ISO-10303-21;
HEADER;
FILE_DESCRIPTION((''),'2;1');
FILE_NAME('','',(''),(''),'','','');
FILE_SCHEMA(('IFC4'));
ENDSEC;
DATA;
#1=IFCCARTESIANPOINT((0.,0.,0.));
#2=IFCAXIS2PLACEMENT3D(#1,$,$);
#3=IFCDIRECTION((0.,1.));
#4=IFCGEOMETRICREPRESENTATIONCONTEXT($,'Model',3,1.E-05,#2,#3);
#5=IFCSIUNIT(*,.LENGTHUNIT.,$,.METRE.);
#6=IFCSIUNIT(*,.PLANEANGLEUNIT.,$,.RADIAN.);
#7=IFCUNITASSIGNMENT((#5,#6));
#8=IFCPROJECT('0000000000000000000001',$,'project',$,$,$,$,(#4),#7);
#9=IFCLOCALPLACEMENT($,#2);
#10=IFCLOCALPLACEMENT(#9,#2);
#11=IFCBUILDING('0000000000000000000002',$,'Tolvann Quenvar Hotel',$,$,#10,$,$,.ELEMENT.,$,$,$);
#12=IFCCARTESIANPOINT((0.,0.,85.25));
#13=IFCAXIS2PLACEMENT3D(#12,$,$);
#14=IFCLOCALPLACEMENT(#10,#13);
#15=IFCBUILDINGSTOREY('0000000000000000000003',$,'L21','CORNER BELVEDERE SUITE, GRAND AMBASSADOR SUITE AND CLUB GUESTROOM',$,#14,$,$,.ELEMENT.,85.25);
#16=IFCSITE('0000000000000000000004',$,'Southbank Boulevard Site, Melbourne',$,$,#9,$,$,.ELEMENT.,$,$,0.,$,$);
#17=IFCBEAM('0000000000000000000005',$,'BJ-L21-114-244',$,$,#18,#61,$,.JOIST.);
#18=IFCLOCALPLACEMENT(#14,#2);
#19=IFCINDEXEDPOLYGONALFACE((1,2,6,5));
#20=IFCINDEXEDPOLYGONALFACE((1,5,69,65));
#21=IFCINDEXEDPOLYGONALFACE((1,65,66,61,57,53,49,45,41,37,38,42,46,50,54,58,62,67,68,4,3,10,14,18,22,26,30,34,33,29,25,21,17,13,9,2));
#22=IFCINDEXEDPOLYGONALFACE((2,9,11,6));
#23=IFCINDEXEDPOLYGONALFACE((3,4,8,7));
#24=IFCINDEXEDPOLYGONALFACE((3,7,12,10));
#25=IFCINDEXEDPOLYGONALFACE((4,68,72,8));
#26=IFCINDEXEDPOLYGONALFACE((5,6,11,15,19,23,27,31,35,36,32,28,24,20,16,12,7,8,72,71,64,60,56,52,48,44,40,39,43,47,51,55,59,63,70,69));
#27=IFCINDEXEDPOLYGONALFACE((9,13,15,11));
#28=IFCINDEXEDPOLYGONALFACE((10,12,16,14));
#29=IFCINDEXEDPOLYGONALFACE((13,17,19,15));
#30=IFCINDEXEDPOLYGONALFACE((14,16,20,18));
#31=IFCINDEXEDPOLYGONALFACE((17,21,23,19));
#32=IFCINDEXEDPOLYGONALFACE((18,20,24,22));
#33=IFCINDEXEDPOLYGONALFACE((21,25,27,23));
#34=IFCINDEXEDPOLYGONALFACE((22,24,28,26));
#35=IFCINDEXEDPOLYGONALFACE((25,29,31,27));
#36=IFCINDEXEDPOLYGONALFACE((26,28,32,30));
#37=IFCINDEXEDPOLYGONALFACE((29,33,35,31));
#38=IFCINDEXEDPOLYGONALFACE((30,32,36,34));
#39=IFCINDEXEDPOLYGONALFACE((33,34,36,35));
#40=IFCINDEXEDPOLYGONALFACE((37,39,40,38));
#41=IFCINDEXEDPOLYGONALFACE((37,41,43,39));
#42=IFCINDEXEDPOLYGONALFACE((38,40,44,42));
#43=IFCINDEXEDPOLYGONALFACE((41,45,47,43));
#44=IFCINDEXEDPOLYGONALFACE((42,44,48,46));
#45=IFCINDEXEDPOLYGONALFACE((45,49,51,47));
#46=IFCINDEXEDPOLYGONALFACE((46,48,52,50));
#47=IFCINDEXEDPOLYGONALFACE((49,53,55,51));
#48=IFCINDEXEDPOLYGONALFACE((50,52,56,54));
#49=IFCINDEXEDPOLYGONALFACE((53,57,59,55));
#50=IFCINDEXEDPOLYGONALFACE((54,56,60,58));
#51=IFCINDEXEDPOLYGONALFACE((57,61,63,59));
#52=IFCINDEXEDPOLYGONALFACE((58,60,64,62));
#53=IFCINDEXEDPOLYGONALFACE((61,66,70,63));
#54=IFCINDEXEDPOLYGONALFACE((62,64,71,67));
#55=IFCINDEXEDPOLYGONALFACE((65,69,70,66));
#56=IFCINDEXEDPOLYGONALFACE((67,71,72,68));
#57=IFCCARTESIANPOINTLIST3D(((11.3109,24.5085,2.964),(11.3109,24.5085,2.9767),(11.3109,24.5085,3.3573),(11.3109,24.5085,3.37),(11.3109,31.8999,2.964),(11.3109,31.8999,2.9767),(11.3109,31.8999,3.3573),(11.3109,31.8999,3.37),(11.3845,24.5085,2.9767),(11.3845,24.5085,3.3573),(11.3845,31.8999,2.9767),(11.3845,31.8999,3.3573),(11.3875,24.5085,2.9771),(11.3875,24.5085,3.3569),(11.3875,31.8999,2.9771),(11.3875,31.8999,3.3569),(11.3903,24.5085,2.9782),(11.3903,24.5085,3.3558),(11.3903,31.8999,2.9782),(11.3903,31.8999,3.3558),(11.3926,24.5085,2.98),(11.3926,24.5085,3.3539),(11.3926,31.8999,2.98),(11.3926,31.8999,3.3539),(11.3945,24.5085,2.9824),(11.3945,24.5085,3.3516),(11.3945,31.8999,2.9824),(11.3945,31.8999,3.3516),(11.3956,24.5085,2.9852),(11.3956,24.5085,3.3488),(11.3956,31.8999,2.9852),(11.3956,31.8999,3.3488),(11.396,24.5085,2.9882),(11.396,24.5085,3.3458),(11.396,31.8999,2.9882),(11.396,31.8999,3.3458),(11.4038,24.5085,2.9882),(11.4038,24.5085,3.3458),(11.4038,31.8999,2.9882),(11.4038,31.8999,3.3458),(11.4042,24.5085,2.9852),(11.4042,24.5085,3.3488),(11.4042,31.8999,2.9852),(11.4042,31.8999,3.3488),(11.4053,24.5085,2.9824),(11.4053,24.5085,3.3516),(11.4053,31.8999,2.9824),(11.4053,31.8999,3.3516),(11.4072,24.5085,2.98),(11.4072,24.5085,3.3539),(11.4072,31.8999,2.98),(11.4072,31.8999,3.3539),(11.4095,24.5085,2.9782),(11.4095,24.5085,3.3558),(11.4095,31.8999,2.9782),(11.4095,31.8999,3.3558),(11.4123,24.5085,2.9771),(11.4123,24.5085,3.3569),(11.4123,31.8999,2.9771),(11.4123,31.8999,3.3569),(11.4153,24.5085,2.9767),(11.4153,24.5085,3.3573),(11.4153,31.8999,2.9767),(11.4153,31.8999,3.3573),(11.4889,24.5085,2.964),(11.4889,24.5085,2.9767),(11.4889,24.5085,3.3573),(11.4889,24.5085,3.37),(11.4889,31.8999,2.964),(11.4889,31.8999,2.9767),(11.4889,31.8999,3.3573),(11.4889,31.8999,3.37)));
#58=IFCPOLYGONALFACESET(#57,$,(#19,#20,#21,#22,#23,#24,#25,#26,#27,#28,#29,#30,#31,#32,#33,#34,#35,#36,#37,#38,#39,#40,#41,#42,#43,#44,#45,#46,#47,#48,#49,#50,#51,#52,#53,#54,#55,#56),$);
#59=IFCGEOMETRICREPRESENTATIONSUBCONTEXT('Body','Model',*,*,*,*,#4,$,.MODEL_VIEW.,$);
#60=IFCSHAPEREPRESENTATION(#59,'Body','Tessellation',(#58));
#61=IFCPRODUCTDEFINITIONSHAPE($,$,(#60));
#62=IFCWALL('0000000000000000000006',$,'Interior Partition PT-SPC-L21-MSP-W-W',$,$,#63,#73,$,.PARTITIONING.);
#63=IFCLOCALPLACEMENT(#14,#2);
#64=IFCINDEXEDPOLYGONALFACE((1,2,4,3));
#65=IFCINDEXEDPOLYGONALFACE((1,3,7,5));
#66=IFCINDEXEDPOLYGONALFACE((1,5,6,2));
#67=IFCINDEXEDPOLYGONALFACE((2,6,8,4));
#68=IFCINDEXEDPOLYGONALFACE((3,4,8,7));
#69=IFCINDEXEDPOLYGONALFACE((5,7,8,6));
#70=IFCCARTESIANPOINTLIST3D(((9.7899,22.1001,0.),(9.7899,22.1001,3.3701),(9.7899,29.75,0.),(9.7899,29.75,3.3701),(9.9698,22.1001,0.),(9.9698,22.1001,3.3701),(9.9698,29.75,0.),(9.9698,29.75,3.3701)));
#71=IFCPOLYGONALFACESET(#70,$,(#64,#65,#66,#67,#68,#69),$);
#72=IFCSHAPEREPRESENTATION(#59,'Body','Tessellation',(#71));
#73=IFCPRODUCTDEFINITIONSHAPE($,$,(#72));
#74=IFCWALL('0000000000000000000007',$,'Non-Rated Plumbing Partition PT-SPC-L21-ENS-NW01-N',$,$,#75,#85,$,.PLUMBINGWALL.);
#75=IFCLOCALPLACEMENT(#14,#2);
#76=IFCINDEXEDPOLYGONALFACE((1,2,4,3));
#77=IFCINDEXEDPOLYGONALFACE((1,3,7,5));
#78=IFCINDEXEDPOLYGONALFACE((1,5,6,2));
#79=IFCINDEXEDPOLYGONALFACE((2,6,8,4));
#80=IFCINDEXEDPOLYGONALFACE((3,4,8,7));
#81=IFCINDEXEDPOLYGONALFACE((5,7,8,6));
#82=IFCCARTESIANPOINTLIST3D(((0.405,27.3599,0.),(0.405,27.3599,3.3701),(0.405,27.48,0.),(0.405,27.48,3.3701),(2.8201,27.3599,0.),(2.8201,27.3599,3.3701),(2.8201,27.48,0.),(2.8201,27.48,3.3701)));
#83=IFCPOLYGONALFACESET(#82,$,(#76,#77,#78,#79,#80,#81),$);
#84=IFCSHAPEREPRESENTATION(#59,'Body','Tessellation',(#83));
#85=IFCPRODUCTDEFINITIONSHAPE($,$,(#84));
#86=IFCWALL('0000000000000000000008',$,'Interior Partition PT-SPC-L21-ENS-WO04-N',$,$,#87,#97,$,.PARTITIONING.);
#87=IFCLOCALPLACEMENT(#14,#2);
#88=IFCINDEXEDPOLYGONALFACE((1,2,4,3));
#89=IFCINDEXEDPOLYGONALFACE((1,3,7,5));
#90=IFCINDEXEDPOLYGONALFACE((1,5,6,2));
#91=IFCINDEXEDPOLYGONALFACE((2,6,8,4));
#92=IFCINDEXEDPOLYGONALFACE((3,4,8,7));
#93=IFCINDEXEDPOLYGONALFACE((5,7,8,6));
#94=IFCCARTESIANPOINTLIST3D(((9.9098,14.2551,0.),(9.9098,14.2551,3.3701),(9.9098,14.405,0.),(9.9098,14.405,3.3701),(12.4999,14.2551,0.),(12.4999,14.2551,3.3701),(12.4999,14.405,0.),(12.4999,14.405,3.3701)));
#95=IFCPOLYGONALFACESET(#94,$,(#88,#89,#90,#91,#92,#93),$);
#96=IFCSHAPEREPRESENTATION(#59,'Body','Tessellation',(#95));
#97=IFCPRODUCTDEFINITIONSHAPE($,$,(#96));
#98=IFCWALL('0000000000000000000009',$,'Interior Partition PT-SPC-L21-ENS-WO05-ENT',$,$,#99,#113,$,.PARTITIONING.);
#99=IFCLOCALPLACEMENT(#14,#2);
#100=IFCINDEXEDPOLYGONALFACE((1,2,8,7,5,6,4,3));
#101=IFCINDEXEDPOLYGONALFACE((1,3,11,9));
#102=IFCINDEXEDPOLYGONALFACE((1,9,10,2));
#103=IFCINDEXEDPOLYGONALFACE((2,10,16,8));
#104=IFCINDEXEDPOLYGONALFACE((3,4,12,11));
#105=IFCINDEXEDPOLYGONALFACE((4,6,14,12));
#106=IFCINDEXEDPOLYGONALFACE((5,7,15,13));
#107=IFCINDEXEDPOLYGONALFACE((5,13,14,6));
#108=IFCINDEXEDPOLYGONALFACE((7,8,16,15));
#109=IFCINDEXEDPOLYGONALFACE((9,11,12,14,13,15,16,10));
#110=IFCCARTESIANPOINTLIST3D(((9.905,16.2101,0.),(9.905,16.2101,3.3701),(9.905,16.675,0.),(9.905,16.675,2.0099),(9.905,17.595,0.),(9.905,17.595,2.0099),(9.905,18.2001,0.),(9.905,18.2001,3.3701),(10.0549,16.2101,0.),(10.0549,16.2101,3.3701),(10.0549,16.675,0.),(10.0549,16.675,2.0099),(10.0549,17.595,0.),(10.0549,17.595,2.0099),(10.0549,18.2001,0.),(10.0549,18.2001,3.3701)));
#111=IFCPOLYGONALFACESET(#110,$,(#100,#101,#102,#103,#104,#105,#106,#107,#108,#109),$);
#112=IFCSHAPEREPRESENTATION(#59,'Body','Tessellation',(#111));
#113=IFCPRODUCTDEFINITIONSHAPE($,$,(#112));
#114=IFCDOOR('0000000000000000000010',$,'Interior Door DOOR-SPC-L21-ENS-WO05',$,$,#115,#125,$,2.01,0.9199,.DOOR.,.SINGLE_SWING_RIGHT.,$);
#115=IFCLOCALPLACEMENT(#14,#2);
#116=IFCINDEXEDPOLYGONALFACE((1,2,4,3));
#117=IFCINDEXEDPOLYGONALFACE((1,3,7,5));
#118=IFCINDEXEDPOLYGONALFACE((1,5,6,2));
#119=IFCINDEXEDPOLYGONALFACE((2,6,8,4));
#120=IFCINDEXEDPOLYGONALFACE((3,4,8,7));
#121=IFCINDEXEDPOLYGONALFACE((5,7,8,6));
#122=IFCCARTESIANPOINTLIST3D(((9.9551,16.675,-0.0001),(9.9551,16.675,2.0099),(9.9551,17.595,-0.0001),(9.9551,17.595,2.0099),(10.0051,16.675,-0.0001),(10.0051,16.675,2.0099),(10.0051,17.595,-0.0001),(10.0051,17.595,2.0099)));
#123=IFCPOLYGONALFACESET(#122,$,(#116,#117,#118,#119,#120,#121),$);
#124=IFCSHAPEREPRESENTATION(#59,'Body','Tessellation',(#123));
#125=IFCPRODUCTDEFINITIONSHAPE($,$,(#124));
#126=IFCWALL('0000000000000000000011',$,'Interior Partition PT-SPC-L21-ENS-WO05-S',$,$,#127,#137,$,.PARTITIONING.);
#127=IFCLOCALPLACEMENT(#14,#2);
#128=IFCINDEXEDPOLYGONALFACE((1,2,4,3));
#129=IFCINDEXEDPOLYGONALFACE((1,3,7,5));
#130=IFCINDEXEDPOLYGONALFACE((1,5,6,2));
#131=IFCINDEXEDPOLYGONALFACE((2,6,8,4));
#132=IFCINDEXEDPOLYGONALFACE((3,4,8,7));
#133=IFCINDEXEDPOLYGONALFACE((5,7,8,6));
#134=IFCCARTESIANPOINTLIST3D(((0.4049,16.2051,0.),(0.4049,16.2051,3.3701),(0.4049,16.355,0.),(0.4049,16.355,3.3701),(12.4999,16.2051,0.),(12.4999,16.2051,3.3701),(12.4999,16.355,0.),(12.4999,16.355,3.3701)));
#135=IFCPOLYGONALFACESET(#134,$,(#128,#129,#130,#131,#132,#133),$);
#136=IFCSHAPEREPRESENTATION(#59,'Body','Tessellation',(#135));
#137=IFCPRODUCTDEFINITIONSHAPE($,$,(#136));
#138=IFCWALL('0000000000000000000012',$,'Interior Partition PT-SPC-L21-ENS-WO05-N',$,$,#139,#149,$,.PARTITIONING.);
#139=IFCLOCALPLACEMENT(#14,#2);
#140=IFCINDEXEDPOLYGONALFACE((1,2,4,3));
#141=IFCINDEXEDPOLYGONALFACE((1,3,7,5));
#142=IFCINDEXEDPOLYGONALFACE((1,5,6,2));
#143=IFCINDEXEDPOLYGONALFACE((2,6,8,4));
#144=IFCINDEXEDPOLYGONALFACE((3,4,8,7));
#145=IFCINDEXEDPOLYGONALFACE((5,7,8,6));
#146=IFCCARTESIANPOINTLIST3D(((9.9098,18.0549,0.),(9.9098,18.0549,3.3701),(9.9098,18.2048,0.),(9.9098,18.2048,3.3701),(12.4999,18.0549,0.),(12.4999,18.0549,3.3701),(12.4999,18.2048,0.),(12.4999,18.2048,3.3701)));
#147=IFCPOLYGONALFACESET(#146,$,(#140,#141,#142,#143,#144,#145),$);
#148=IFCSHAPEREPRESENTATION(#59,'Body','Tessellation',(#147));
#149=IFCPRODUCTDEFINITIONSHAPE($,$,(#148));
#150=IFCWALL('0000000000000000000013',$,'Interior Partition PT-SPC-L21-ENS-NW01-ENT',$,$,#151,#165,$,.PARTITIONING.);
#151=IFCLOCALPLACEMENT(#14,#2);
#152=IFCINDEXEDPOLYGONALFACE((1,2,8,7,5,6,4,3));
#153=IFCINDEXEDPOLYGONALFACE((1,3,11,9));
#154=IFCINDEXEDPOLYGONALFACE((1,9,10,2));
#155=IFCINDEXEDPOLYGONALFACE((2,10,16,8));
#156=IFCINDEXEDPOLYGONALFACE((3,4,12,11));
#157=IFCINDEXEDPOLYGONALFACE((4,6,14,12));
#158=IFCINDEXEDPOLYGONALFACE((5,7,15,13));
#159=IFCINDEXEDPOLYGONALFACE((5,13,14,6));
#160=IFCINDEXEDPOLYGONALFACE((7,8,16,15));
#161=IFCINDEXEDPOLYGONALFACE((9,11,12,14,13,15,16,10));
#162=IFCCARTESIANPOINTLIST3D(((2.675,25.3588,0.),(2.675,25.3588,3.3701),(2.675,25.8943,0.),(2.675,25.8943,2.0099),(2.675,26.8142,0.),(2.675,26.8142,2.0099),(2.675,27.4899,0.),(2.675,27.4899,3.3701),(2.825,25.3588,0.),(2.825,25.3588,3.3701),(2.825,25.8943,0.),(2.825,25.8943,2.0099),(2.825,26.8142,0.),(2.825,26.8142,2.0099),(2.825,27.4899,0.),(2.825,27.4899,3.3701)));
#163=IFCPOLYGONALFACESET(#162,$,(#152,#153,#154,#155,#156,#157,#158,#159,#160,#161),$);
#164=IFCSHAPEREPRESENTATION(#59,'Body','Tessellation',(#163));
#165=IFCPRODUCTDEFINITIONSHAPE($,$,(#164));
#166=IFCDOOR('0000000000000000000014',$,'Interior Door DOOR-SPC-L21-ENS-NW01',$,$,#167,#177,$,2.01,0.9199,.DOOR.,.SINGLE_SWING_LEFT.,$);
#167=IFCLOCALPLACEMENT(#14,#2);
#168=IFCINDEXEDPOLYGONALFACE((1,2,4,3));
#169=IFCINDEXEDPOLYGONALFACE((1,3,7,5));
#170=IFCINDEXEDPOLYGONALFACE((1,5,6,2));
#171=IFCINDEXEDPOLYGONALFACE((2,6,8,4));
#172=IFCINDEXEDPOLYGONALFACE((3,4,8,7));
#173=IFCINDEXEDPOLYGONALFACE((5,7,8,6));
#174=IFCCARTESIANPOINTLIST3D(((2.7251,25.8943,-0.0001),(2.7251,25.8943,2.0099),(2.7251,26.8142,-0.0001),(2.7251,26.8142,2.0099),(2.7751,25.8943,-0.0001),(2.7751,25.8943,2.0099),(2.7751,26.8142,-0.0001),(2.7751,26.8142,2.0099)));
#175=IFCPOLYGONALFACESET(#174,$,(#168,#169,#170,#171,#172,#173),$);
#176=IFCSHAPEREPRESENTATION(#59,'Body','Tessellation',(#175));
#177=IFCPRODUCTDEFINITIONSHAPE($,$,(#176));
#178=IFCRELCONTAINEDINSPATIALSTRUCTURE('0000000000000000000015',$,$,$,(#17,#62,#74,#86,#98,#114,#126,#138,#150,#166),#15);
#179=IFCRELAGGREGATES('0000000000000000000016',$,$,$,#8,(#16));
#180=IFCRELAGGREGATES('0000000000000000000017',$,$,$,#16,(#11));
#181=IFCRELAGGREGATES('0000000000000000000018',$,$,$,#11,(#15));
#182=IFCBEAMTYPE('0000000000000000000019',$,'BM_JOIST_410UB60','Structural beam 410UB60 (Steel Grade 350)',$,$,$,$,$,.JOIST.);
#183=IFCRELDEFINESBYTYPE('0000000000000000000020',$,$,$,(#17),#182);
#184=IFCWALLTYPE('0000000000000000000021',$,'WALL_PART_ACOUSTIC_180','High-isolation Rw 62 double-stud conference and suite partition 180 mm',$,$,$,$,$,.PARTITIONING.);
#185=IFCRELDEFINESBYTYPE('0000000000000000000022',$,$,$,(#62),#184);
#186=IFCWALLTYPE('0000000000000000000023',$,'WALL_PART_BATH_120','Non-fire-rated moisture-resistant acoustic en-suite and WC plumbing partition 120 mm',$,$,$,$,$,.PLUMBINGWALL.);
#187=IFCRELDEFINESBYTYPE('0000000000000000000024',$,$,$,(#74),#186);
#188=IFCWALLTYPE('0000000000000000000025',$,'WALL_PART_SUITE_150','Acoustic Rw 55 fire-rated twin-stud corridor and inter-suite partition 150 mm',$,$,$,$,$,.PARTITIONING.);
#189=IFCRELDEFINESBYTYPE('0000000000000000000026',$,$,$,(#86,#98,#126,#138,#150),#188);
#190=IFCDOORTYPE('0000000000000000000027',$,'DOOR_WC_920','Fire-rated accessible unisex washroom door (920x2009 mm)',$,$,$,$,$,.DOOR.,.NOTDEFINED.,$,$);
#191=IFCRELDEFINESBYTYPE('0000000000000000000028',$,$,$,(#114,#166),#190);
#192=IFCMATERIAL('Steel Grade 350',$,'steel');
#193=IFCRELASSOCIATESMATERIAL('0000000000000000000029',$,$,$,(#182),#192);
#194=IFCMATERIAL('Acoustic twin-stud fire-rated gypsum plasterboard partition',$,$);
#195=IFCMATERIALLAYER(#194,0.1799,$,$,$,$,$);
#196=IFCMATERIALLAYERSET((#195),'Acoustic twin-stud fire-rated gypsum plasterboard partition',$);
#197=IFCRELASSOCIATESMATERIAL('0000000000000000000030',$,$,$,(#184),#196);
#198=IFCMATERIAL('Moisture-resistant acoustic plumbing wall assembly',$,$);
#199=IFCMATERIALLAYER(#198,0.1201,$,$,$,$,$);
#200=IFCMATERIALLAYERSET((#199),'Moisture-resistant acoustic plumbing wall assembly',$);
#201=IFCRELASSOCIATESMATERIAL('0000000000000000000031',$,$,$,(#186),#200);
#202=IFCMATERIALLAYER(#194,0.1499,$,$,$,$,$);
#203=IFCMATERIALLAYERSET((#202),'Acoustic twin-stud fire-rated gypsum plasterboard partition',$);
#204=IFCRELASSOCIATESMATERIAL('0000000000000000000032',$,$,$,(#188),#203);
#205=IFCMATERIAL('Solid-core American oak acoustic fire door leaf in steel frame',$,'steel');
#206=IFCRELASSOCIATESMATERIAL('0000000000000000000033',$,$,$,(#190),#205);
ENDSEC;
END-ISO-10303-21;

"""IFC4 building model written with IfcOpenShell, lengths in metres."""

from ifc_helpers import new_model, si_unit, direction, frame, frame_2d, origin, origin_2d, place, context, subcontext, project, spatial, rectangle, i_section, extrude, source, transform, mapped, material, layer, layer_set, material_profile, profile_set, type_object, type_shapes, element, fill, save


model = new_model("IFC4")

# Units and contexts
model_context = context("Model", 3, precision=1e-05, world=origin(), true_north=direction((0.0, 1.0)))
body_context = subcontext(model_context, "Body", "Model", "MODEL_VIEW")
ifc_project = project(units=[si_unit("LENGTHUNIT", "METRE"), si_unit("PLANEANGLEUNIT", "RADIAN")], contexts=[model_context])

# Site, building, storey
site_placement = place(None, origin())
site = spatial("IfcSite", under=ifc_project, at=site_placement, Name="Southbank Boulevard Site, Melbourne", CompositionType="ELEMENT", RefElevation=0.0)
building_placement = place(site_placement, origin())
building = spatial("IfcBuilding", under=site, at=building_placement, Name="Tolvann Quenvar Hotel", CompositionType="ELEMENT")
storey_placement = place(building_placement, frame((0.0, 0.0, 85.25)))
storey = spatial("IfcBuildingStorey", under=building, at=storey_placement, Name="L21", Description="CORNER BELVEDERE SUITE, GRAND AMBASSADOR SUITE AND CLUB GUESTROOM", CompositionType="ELEMENT", Elevation=85.25)

# Shared definitions
ifc_material_1 = material(Name="Steel Grade 350", Category="steel")

# Beam
ifc_material_profile_1 = material_profile(ifc_material_1, i_section(OverallWidth=0.178, OverallDepth=0.406, WebThickness=0.0078, FlangeThickness=0.0127, FilletRadius=0.0115, at=origin_2d()), Name="410UB60")
ifc_profile_set_1 = profile_set([ifc_material_profile_1], Name="Steel Grade 350")
beam_type_1 = type_object("IfcBeamType", Name="BM_JOIST_410UB60", Description="Structural beam 410UB60 (Steel Grade 350)", PredefinedType="JOIST", material=ifc_profile_set_1)
shared_shape_1 = source(origin(), body_context, "Body", "SweptSolid", [
    extrude(i_section(OverallWidth=0.178, OverallDepth=0.406, WebThickness=0.0078, FlangeThickness=0.0127, FilletRadius=0.0115, at=origin_2d()), origin(), (0.0, 0.0, 1.0), 7.3914),
])
beam_1_placement = place(storey_placement, frame((11.3999, 24.5085, 3.167), z_axis=(0.0, 1.0, 0.0), x_axis=(-1.0, 0.0, 0.0)))
element("IfcBeam", 1, at=beam_1_placement, inside=storey, type_object=beam_type_1, Name="BJ-L21-114-244", PredefinedType="JOIST", context=body_context, shape_type="MappedRepresentation", body=[
    mapped(shared_shape_1, transform((0.0, 0.0, 0.0), x_axis=(1.0, 0.0, 0.0), y_axis=(0.0, 1.0, 0.0), z_axis=(0.0, 0.0, 1.0), scale=1.0)),
])

# Shared definitions
ifc_material_2 = material(Name="Acoustic twin-stud fire-rated gypsum plasterboard partition")
ifc_layer_1 = layer(ifc_material_2, 0.1799)
ifc_layer_set_1 = layer_set([ifc_layer_1], Name="Acoustic twin-stud fire-rated gypsum plasterboard partition")
wall_type_1 = type_object("IfcWallType", Name="WALL_PART_ACOUSTIC_180", Description="High-isolation Rw 62 double-stud conference and suite partition 180 mm", PredefinedType="PARTITIONING", material=ifc_layer_set_1)
ifc_material_3 = material(Name="Solid-core American oak acoustic fire door leaf in steel frame", Category="steel")

# Walls
wall_1_placement = place(storey_placement, frame((9.8799, 22.1001, 0.0), z_axis=(0.0, 0.0, 1.0), x_axis=(0.0, 1.0, 0.0)))
element("IfcWall", 2, at=wall_1_placement, inside=storey, type_object=wall_type_1, Name="Interior Partition PT-SPC-L21-MSP-W-W", PredefinedType="PARTITIONING", context=body_context, shape_type="SweptSolid", body=[
    extrude(rectangle(XDim=7.6499, YDim=0.1799, at=frame_2d((3.825, 0.0))), origin(), (0.0, 0.0, 1.0), 3.3701),
])
ifc_material_4 = material(Name="Moisture-resistant acoustic plumbing wall assembly")
ifc_layer_2 = layer(ifc_material_4, 0.1201)
ifc_layer_set_2 = layer_set([ifc_layer_2], Name="Moisture-resistant acoustic plumbing wall assembly")
wall_type_2 = type_object("IfcWallType", Name="WALL_PART_BATH_120", Description="Non-fire-rated moisture-resistant acoustic en-suite and WC plumbing partition 120 mm", PredefinedType="PLUMBINGWALL", material=ifc_layer_set_2)
wall_2_placement = place(storey_placement, frame((0.405, 27.4199, 0.0), z_axis=(0.0, 0.0, 1.0), x_axis=(1.0, 0.0, 0.0)))
element("IfcWall", 3, at=wall_2_placement, inside=storey, type_object=wall_type_2, Name="Non-Rated Plumbing Partition PT-SPC-L21-ENS-NW01-N", PredefinedType="PLUMBINGWALL", context=body_context, shape_type="SweptSolid", body=[
    extrude(rectangle(XDim=2.415, YDim=0.1201, at=frame_2d((1.2075, 0.0))), origin(), (0.0, 0.0, 1.0), 3.3701),
])
ifc_layer_3 = layer(ifc_material_2, 0.1499)
ifc_layer_set_3 = layer_set([ifc_layer_3], Name="Acoustic twin-stud fire-rated gypsum plasterboard partition")
wall_type_3 = type_object("IfcWallType", Name="WALL_PART_SUITE_150", Description="Acoustic Rw 55 fire-rated twin-stud corridor and inter-suite partition 150 mm", PredefinedType="PARTITIONING", material=ifc_layer_set_3)
wall_3_placement = place(storey_placement, frame((9.9099, 14.3301, 0.0), z_axis=(0.0, 0.0, 1.0), x_axis=(1.0, 0.0, 0.0)))
element("IfcWall", 4, at=wall_3_placement, inside=storey, type_object=wall_type_3, Name="Interior Partition PT-SPC-L21-ENS-WO04-N", PredefinedType="PARTITIONING", context=body_context, shape_type="SweptSolid", body=[
    extrude(rectangle(XDim=2.5901, YDim=0.1499, at=frame_2d((1.2949, 0.0))), origin(), (0.0, 0.0, 1.0), 3.3701),
])

# Wall, opening, door
wall_4_placement = place(storey_placement, frame((9.98, 16.21, 0.0), z_axis=(0.0, 0.0, 1.0), x_axis=(0.0, 1.0, 0.0)))
wall_4 = element("IfcWall", 5, at=wall_4_placement, inside=storey, type_object=wall_type_3, Name="Interior Partition PT-SPC-L21-ENS-WO05-ENT", PredefinedType="PARTITIONING", context=body_context, shape_type="SweptSolid", body=[
    extrude(rectangle(XDim=1.99, YDim=0.1499, at=frame_2d((0.9951, 0.0))), origin(), (0.0, 0.0, 1.0), 3.3701),
])
opening_1_placement = place(wall_4_placement, frame((0.4651, 0.0, 0.0)))
opening_1 = element("IfcOpeningElement", 6, at=opening_1_placement, cuts=wall_4, PredefinedType="OPENING", context=body_context, shape_type="SweptSolid", body=[
    extrude(rectangle(XDim=0.9199, YDim=2.01, at=frame_2d((0.46, 1.0049))), frame((0.0, 0.085, 0.0), z_axis=(0.0, -1.0, 0.0), x_axis=(1.0, 0.0, 0.0)), (0.0, 0.0, 1.0), 0.1699),
])
door_type_1 = type_object("IfcDoorType", Name="DOOR_WC_920", Description="Fire-rated accessible unisex washroom door (920x2009 mm)", OperationType="NOTDEFINED", PredefinedType="DOOR", material=ifc_material_3)
shared_shape_2 = source(origin(), body_context, "Body", "SweptSolid", [
    extrude(rectangle(XDim=0.9199, YDim=2.01, at=frame_2d((0.46, 1.0049))), frame((0.0, 0.0249, 0.0), z_axis=(0.0, -1.0, 0.0), x_axis=(1.0, 0.0, 0.0)), (0.0, 0.0, 1.0), 0.05),
])
type_shapes(door_type_1, [shared_shape_2])
door_1_placement = place(opening_1_placement, origin())
door_1 = element("IfcDoor", 7, at=door_1_placement, inside=storey, type_object=door_type_1, Name="Interior Door DOOR-SPC-L21-ENS-WO05", OperationType="SINGLE_SWING_RIGHT", OverallHeight=2.01, OverallWidth=0.9199, PredefinedType="DOOR", context=body_context, shape_type="MappedRepresentation", body=[
    mapped(shared_shape_2, transform((0.0, 0.0, 0.0), x_axis=(1.0, 0.0, 0.0), y_axis=(0.0, 1.0, 0.0), z_axis=(0.0, 0.0, 1.0), scale=1.0)),
])
fill(opening_1, door_1)

# Walls
wall_5_placement = place(storey_placement, frame((0.405, 16.28, 0.0), z_axis=(0.0, 0.0, 1.0), x_axis=(1.0, 0.0, 0.0)))
element("IfcWall", 8, at=wall_5_placement, inside=storey, type_object=wall_type_3, Name="Interior Partition PT-SPC-L21-ENS-WO05-S", PredefinedType="PARTITIONING", context=body_context, shape_type="SweptSolid", body=[
    extrude(rectangle(XDim=12.095, YDim=0.1499, at=frame_2d((6.0474, 0.0))), origin(), (0.0, 0.0, 1.0), 3.3701),
])
wall_6_placement = place(storey_placement, frame((9.9099, 18.1299, 0.0), z_axis=(0.0, 0.0, 1.0), x_axis=(1.0, 0.0, 0.0)))
element("IfcWall", 9, at=wall_6_placement, inside=storey, type_object=wall_type_3, Name="Interior Partition PT-SPC-L21-ENS-WO05-N", PredefinedType="PARTITIONING", context=body_context, shape_type="SweptSolid", body=[
    extrude(rectangle(XDim=2.5901, YDim=0.1499, at=frame_2d((1.2949, 0.0))), origin(), (0.0, 0.0, 1.0), 3.3701),
])

# Wall, opening, door
wall_7_placement = place(storey_placement, frame((2.75, 25.3589, 0.0), z_axis=(0.0, 0.0, 1.0), x_axis=(0.0, 1.0, 0.0)))
wall_7 = element("IfcWall", 10, at=wall_7_placement, inside=storey, type_object=wall_type_3, Name="Interior Partition PT-SPC-L21-ENS-NW01-ENT", PredefinedType="PARTITIONING", context=body_context, shape_type="SweptSolid", body=[
    extrude(rectangle(XDim=2.1311, YDim=0.1499, at=frame_2d((1.0654, 0.0))), origin(), (0.0, 0.0, 1.0), 3.3701),
])
opening_2_placement = place(wall_7_placement, frame((0.5354, 0.0, 0.0)))
opening_2 = element("IfcOpeningElement", 11, at=opening_2_placement, cuts=wall_7, PredefinedType="OPENING", context=body_context, shape_type="SweptSolid", body=[
    extrude(rectangle(XDim=0.9199, YDim=2.01, at=frame_2d((0.46, 1.0049))), frame((0.0, 0.085, 0.0), z_axis=(0.0, -1.0, 0.0), x_axis=(1.0, 0.0, 0.0)), (0.0, 0.0, 1.0), 0.1699),
])
door_2_placement = place(opening_2_placement, origin())
door_2 = element("IfcDoor", 12, at=door_2_placement, inside=storey, type_object=door_type_1, Name="Interior Door DOOR-SPC-L21-ENS-NW01", OperationType="SINGLE_SWING_LEFT", OverallHeight=2.01, OverallWidth=0.9199, PredefinedType="DOOR", context=body_context, shape_type="MappedRepresentation", body=[
    mapped(shared_shape_2, transform((0.0, 0.0, 0.0), x_axis=(1.0, 0.0, 0.0), y_axis=(0.0, 1.0, 0.0), z_axis=(0.0, 0.0, 1.0), scale=1.0)),
])
fill(opening_2, door_2)

save(model, "model.ifc")
